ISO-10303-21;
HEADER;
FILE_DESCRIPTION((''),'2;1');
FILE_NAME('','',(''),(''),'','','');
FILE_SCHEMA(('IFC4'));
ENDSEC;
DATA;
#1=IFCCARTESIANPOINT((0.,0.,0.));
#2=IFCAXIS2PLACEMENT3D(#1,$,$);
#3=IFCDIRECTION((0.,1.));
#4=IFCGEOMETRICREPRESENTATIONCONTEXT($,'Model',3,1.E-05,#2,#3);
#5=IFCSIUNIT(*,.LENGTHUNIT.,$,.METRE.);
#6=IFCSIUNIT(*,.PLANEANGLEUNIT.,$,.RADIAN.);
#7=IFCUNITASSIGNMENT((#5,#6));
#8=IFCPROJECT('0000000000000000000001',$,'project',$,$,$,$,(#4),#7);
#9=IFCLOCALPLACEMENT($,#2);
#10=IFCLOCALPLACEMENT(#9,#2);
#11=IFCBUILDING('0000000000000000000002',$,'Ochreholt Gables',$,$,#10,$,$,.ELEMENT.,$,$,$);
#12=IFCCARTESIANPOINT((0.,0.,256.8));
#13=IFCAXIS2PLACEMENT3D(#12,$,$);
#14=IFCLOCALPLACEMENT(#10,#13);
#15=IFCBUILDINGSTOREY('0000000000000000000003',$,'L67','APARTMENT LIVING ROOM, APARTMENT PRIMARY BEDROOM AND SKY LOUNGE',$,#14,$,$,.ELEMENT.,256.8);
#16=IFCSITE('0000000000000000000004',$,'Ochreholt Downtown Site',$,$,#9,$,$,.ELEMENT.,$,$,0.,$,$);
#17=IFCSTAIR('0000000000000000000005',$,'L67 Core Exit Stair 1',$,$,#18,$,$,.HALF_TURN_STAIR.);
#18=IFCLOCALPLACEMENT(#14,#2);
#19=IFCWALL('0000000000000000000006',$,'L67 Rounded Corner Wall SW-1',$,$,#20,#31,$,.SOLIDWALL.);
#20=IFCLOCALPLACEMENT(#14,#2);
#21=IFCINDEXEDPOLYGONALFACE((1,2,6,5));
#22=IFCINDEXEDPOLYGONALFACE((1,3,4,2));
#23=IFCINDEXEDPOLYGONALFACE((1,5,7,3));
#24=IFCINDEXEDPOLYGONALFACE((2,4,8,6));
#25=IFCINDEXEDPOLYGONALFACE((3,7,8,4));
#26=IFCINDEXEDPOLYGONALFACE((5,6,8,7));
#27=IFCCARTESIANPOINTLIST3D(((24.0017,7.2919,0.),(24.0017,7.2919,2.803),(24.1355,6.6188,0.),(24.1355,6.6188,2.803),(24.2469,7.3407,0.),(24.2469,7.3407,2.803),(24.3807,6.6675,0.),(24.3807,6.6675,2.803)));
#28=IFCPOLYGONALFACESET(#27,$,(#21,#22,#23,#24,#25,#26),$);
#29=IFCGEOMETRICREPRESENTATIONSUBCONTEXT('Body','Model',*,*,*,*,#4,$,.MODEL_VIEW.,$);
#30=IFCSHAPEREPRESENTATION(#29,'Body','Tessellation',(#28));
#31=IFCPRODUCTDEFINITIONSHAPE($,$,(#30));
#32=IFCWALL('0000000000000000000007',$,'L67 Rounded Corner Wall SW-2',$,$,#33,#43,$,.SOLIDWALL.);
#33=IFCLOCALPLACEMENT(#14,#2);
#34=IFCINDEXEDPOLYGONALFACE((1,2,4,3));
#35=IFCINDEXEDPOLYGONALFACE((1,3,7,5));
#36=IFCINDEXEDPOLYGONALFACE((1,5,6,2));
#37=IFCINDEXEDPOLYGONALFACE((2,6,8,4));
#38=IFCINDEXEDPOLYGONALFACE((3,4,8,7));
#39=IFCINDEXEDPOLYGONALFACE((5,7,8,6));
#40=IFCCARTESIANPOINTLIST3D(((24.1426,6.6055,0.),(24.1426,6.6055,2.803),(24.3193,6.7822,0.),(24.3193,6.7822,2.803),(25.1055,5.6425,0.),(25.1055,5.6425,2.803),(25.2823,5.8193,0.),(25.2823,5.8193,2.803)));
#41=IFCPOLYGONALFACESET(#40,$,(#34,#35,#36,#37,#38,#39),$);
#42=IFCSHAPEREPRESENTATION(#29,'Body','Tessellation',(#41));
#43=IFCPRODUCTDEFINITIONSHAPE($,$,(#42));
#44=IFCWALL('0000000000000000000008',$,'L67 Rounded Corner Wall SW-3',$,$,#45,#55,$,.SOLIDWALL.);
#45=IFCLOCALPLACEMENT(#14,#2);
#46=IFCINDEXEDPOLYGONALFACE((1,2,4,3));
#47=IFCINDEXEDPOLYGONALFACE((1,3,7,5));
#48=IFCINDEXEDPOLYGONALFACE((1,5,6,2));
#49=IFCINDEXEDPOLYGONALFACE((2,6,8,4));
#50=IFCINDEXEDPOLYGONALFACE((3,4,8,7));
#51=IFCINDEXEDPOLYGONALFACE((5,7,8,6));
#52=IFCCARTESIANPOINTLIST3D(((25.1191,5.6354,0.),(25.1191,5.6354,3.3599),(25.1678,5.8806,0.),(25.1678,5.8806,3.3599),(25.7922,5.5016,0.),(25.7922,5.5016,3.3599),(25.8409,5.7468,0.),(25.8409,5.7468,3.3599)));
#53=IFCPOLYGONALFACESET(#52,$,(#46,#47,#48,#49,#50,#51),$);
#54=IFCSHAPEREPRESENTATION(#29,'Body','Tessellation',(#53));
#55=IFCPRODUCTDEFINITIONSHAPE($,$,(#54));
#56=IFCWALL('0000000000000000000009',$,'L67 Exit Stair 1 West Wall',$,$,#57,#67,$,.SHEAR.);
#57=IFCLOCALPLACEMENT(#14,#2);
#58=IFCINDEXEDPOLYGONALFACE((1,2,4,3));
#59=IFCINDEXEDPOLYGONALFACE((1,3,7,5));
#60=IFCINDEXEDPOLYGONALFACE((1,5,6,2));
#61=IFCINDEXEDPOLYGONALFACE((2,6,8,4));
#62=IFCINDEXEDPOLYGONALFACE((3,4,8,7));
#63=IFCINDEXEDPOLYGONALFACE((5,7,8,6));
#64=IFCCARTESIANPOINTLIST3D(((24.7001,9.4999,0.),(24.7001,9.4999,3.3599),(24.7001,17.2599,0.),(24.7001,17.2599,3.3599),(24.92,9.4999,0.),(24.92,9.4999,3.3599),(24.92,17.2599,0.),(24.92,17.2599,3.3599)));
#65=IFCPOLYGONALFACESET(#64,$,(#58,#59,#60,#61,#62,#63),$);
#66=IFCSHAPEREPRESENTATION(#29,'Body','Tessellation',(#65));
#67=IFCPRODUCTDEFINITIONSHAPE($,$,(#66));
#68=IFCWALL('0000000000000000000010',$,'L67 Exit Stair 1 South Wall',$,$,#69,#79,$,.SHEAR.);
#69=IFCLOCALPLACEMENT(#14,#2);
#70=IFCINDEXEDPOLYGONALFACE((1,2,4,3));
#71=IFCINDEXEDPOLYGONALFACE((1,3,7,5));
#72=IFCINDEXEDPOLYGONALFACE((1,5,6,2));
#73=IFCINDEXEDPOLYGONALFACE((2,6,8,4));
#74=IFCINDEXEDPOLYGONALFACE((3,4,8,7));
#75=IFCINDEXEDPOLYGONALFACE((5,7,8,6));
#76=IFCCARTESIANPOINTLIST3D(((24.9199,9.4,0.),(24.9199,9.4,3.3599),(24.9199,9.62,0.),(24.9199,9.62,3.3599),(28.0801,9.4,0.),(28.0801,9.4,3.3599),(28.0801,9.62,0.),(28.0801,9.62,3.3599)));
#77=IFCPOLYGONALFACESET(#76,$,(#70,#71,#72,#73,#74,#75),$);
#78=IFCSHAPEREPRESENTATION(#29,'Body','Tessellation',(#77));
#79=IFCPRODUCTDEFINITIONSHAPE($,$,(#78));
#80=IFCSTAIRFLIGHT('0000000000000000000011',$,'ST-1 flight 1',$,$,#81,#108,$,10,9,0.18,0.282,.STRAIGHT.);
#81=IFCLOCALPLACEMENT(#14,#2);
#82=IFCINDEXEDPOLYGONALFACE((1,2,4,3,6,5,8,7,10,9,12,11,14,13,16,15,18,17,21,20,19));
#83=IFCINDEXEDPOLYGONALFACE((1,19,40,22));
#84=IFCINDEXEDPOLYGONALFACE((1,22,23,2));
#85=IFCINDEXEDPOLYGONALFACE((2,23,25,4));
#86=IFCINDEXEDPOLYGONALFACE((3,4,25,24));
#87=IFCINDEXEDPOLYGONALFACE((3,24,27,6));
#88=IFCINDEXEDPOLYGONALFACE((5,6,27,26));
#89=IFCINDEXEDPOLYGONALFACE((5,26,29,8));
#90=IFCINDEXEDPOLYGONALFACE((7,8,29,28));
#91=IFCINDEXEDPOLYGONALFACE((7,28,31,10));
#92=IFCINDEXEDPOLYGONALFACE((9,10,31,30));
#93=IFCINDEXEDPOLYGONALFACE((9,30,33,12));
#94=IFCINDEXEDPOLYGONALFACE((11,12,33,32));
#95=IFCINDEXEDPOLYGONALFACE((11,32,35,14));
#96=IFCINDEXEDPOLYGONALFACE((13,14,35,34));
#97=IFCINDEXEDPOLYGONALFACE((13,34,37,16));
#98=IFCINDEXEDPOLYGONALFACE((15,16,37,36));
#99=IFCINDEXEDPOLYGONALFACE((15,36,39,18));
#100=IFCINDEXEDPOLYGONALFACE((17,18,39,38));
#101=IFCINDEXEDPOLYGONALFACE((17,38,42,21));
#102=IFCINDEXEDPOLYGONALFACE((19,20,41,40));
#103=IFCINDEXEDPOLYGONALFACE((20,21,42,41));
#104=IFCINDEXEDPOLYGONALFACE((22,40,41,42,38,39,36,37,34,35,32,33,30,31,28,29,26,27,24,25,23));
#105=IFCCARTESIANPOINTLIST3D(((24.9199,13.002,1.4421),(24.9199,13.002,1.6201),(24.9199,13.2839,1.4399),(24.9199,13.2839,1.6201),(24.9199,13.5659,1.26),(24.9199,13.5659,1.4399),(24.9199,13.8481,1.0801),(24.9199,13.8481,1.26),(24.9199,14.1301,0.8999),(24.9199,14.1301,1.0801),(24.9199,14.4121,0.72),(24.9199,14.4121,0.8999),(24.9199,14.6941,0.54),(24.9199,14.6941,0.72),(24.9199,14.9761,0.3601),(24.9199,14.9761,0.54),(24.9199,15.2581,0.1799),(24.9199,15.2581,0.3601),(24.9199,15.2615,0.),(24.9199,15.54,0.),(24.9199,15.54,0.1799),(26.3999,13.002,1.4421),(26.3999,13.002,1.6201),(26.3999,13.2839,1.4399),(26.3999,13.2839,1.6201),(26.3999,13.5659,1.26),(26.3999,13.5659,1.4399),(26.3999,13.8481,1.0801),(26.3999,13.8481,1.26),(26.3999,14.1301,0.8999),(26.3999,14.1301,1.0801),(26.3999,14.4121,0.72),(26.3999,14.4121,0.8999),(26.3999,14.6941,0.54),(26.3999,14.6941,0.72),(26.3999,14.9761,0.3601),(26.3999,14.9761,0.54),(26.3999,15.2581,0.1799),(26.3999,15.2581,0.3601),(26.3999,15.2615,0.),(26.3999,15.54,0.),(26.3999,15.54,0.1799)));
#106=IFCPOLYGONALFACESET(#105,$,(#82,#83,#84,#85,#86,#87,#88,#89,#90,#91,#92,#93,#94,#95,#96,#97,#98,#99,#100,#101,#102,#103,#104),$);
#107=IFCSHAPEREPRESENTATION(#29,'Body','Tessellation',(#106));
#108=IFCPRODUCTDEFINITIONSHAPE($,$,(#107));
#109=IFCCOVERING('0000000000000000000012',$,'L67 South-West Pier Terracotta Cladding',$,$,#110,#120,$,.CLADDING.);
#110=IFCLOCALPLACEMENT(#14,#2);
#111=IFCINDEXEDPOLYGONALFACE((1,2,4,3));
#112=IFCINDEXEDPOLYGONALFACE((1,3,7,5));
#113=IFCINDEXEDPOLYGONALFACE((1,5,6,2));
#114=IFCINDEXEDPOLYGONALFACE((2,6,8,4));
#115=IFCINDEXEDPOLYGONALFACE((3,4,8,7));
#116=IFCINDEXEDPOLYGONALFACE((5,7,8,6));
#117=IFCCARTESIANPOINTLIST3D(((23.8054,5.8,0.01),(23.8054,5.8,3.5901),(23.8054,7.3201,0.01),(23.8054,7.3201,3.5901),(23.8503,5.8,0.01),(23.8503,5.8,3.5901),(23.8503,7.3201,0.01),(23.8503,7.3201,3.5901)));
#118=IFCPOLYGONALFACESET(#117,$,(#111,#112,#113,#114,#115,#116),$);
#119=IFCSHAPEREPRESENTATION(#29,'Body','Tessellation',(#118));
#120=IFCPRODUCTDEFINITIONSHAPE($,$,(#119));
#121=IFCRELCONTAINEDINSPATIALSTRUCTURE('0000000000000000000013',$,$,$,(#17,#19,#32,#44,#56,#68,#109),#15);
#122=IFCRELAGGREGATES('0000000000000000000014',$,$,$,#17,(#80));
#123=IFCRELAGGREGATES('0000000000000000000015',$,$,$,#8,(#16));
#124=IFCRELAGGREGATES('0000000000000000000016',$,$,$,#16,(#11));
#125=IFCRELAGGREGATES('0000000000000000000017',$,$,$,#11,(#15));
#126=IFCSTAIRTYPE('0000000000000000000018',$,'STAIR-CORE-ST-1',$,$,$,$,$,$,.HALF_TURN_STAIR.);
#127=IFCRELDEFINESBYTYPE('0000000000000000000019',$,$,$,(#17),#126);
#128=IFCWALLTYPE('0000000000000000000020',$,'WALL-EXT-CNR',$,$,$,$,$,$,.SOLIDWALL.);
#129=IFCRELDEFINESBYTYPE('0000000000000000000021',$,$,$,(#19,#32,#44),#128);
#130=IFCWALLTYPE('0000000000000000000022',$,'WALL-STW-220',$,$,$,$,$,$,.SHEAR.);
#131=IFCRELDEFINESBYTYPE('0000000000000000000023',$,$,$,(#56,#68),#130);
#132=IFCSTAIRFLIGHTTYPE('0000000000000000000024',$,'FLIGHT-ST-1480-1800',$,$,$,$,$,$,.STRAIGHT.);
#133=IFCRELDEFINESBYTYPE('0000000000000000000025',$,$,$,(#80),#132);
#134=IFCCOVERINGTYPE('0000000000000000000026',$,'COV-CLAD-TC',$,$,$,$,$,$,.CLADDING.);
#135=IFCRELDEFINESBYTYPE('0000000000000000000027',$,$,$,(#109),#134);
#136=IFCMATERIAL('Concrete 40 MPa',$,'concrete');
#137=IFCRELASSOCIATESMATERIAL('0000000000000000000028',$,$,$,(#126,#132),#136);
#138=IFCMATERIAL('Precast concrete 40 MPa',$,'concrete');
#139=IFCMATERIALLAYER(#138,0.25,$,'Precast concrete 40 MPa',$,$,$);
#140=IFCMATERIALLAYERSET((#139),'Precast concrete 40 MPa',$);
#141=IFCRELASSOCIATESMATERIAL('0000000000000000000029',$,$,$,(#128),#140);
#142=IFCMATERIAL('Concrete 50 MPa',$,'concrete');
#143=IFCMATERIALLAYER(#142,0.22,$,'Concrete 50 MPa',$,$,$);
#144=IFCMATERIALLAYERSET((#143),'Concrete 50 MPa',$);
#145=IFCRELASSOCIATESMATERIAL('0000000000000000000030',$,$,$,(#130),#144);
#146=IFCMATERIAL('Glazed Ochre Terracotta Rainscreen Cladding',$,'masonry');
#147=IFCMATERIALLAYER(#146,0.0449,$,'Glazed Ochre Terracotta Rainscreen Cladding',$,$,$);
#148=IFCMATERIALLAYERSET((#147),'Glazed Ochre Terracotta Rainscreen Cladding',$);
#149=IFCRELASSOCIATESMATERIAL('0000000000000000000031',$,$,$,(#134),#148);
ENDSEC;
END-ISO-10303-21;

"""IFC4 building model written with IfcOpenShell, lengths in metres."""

from ifc_helpers import new_model, si_unit, direction, frame, frame_2d, origin, origin_2d, place, context, subcontext, project, spatial, polyline, rectangle, outline, extrude, material, layer, layer_set, type_object, element, aggregate, save


model = new_model("IFC4")

# Units and contexts
model_context = context("Model", 3, precision=1e-05, world=origin(), true_north=direction((0.0, 1.0)))
body_context = subcontext(model_context, "Body", "Model", "MODEL_VIEW")
ifc_project = project(units=[si_unit("LENGTHUNIT", "METRE"), si_unit("PLANEANGLEUNIT", "RADIAN")], contexts=[model_context])

# Site, building, storey
site_placement = place(None, origin())
site = spatial("IfcSite", under=ifc_project, at=site_placement, Name="Ochreholt Downtown Site", CompositionType="ELEMENT", RefElevation=0.0)
building_placement = place(site_placement, origin())
building = spatial("IfcBuilding", under=site, at=building_placement, Name="Ochreholt Gables", CompositionType="ELEMENT")
storey_placement = place(building_placement, frame((0.0, 0.0, 256.8)))
storey = spatial("IfcBuildingStorey", under=building, at=storey_placement, Name="L67", Description="APARTMENT LIVING ROOM, APARTMENT PRIMARY BEDROOM AND SKY LOUNGE", CompositionType="ELEMENT", Elevation=256.8)

# Shared definitions
ifc_material_1 = material(Name="Concrete 50 MPa", Category="concrete")

# Stair
ifc_material_2 = material(Name="Concrete 40 MPa", Category="concrete")
stair_type_1 = type_object("IfcStairType", Name="STAIR-CORE-ST-1", PredefinedType="HALF_TURN_STAIR", material=ifc_material_2)
stair_1_placement = place(storey_placement, origin())
stair_1 = element("IfcStair", 1, at=stair_1_placement, inside=storey, type_object=stair_type_1, Name="L67 Core Exit Stair 1", PredefinedType="HALF_TURN_STAIR")

# Shared definitions
ifc_material_3 = material(Name="Precast concrete 40 MPa", Category="concrete")

# Walls
ifc_layer_1 = layer(ifc_material_3, 0.25, Name="Precast concrete 40 MPa")
ifc_layer_set_1 = layer_set([ifc_layer_1], Name="Precast concrete 40 MPa")
wall_type_1 = type_object("IfcWallType", Name="WALL-EXT-CNR", PredefinedType="SOLIDWALL", material=ifc_layer_set_1)
wall_1_placement = place(storey_placement, frame((24.1243, 7.3164, 0.0), z_axis=(0.0, 0.0, 1.0), x_axis=(0.194953, -0.980813, 0.0)))
element("IfcWall", 2, at=wall_1_placement, inside=storey, type_object=wall_type_1, Name="L67 Rounded Corner Wall SW-1", PredefinedType="SOLIDWALL", context=body_context, shape_type="SweptSolid", body=[
    extrude(rectangle(XDim=0.6863, YDim=0.25, at=frame_2d((0.3433, 0.0))), origin(), (0.0, 0.0, 1.0), 2.803),
])
wall_2_placement = place(storey_placement, frame((24.231, 6.6938, 0.0), z_axis=(0.0, 0.0, 1.0), x_axis=(0.707107, -0.707107, 0.0)))
element("IfcWall", 3, at=wall_2_placement, inside=storey, type_object=wall_type_1, Name="L67 Rounded Corner Wall SW-2", PredefinedType="SOLIDWALL", context=body_context, shape_type="SweptSolid", body=[
    extrude(rectangle(XDim=1.3618, YDim=0.25, at=frame_2d((0.6809, 0.0))), origin(), (0.0, 0.0, 1.0), 2.803),
])
wall_3_placement = place(storey_placement, frame((25.1433, 5.7581, 0.0), z_axis=(0.0, 0.0, 1.0), x_axis=(0.980813, -0.194953, 0.0)))
element("IfcWall", 4, at=wall_3_placement, inside=storey, type_object=wall_type_1, Name="L67 Rounded Corner Wall SW-3", PredefinedType="SOLIDWALL", context=body_context, shape_type="SweptSolid", body=[
    extrude(rectangle(XDim=0.6863, YDim=0.25, at=frame_2d((0.3433, 0.0))), origin(), (0.0, 0.0, 1.0), 3.3599),
])
ifc_layer_2 = layer(ifc_material_1, 0.22, Name="Concrete 50 MPa")
ifc_layer_set_2 = layer_set([ifc_layer_2], Name="Concrete 50 MPa")
wall_type_2 = type_object("IfcWallType", Name="WALL-STW-220", PredefinedType="SHEAR", material=ifc_layer_set_2)
wall_4_placement = place(storey_placement, frame((24.8101, 9.5, 0.0), z_axis=(0.0, 0.0, 1.0), x_axis=(0.0, 1.0, 0.0)))
element("IfcWall", 5, at=wall_4_placement, inside=storey, type_object=wall_type_2, Name="L67 Exit Stair 1 West Wall", PredefinedType="SHEAR", context=body_context, shape_type="SweptSolid", body=[
    extrude(rectangle(XDim=7.76, YDim=0.22, at=frame_2d((3.8799, 0.0))), origin(), (0.0, 0.0, 1.0), 3.3599),
])
wall_5_placement = place(storey_placement, frame((24.9199, 9.51, 0.0), z_axis=(0.0, 0.0, 1.0), x_axis=(1.0, 0.0, 0.0)))
element("IfcWall", 6, at=wall_5_placement, inside=storey, type_object=wall_type_2, Name="L67 Exit Stair 1 South Wall", PredefinedType="SHEAR", context=body_context, shape_type="SweptSolid", body=[
    extrude(rectangle(XDim=3.1602, YDim=0.22, at=frame_2d((1.5801, 0.0))), origin(), (0.0, 0.0, 1.0), 3.3599),
])

# Stair flight
stair_flight_type = type_object("IfcStairFlightType", Name="FLIGHT-ST-1480-1800", PredefinedType="STRAIGHT", material=ifc_material_2)
stair_flight_placement = place(storey_placement, frame((25.6599, 15.54, 0.0), z_axis=(0.0, 0.0, 1.0), x_axis=(0.0, -1.0, 0.0)))
stair_flight = element("IfcStairFlight", 7, at=stair_flight_placement, type_object=stair_flight_type, Name="ST-1 flight 1", NumberOfRisers=10, NumberOfTreads=9, PredefinedType="STRAIGHT", RiserHeight=0.18, TreadLength=0.282, context=body_context, shape_type="SweptSolid", body=[
    extrude(outline(polyline([(0.0, 0.0), (0.0, 0.1799), (0.282, 0.1799), (0.282, 0.3601), (0.564, 0.3601), (0.564, 0.54), (0.8459, 0.54), (0.8459, 0.72), (1.1279, 0.72), (1.1279, 0.8999), (1.4099, 0.8999), (1.4099, 1.0801), (1.6919, 1.0801), (1.6919, 1.26), (1.9741, 1.26), (1.9741, 1.4399), (2.2561, 1.4399), (2.2561, 1.6201), (2.5381, 1.6201), (2.5381, 1.8), (2.5381, 1.4421), (0.2786, 0.0), (0.0, 0.0)])), frame((0.0, 0.74, 0.0), z_axis=(0.0, -1.0, 0.0), x_axis=(1.0, 0.0, 0.0)), (0.0, 0.0, 1.0), 1.48),
])
aggregate(stair_1, [stair_flight])

# Covering
ifc_material_4 = material(Name="Glazed Ochre Terracotta Rainscreen Cladding", Category="masonry")
ifc_layer_3 = layer(ifc_material_4, 0.0449, Name="Glazed Ochre Terracotta Rainscreen Cladding")
ifc_layer_set_3 = layer_set([ifc_layer_3], Name="Glazed Ochre Terracotta Rainscreen Cladding")
covering_type = type_object("IfcCoveringType", Name="COV-CLAD-TC", PredefinedType="CLADDING", material=ifc_layer_set_3)
covering_placement = place(storey_placement, frame((23.8279, 6.5601, 0.01), z_axis=(0.0, 0.0, 1.0), x_axis=(0.0, 1.0, 0.0)))
element("IfcCovering", 8, at=covering_placement, inside=storey, type_object=covering_type, Name="L67 South-West Pier Terracotta Cladding", PredefinedType="CLADDING", context=body_context, shape_type="SweptSolid", body=[
    extrude(rectangle(XDim=1.52, YDim=0.0449, at=origin_2d()), origin(), (0.0, 0.0, 1.0), 3.5801),
])

save(model, "model.ifc")
